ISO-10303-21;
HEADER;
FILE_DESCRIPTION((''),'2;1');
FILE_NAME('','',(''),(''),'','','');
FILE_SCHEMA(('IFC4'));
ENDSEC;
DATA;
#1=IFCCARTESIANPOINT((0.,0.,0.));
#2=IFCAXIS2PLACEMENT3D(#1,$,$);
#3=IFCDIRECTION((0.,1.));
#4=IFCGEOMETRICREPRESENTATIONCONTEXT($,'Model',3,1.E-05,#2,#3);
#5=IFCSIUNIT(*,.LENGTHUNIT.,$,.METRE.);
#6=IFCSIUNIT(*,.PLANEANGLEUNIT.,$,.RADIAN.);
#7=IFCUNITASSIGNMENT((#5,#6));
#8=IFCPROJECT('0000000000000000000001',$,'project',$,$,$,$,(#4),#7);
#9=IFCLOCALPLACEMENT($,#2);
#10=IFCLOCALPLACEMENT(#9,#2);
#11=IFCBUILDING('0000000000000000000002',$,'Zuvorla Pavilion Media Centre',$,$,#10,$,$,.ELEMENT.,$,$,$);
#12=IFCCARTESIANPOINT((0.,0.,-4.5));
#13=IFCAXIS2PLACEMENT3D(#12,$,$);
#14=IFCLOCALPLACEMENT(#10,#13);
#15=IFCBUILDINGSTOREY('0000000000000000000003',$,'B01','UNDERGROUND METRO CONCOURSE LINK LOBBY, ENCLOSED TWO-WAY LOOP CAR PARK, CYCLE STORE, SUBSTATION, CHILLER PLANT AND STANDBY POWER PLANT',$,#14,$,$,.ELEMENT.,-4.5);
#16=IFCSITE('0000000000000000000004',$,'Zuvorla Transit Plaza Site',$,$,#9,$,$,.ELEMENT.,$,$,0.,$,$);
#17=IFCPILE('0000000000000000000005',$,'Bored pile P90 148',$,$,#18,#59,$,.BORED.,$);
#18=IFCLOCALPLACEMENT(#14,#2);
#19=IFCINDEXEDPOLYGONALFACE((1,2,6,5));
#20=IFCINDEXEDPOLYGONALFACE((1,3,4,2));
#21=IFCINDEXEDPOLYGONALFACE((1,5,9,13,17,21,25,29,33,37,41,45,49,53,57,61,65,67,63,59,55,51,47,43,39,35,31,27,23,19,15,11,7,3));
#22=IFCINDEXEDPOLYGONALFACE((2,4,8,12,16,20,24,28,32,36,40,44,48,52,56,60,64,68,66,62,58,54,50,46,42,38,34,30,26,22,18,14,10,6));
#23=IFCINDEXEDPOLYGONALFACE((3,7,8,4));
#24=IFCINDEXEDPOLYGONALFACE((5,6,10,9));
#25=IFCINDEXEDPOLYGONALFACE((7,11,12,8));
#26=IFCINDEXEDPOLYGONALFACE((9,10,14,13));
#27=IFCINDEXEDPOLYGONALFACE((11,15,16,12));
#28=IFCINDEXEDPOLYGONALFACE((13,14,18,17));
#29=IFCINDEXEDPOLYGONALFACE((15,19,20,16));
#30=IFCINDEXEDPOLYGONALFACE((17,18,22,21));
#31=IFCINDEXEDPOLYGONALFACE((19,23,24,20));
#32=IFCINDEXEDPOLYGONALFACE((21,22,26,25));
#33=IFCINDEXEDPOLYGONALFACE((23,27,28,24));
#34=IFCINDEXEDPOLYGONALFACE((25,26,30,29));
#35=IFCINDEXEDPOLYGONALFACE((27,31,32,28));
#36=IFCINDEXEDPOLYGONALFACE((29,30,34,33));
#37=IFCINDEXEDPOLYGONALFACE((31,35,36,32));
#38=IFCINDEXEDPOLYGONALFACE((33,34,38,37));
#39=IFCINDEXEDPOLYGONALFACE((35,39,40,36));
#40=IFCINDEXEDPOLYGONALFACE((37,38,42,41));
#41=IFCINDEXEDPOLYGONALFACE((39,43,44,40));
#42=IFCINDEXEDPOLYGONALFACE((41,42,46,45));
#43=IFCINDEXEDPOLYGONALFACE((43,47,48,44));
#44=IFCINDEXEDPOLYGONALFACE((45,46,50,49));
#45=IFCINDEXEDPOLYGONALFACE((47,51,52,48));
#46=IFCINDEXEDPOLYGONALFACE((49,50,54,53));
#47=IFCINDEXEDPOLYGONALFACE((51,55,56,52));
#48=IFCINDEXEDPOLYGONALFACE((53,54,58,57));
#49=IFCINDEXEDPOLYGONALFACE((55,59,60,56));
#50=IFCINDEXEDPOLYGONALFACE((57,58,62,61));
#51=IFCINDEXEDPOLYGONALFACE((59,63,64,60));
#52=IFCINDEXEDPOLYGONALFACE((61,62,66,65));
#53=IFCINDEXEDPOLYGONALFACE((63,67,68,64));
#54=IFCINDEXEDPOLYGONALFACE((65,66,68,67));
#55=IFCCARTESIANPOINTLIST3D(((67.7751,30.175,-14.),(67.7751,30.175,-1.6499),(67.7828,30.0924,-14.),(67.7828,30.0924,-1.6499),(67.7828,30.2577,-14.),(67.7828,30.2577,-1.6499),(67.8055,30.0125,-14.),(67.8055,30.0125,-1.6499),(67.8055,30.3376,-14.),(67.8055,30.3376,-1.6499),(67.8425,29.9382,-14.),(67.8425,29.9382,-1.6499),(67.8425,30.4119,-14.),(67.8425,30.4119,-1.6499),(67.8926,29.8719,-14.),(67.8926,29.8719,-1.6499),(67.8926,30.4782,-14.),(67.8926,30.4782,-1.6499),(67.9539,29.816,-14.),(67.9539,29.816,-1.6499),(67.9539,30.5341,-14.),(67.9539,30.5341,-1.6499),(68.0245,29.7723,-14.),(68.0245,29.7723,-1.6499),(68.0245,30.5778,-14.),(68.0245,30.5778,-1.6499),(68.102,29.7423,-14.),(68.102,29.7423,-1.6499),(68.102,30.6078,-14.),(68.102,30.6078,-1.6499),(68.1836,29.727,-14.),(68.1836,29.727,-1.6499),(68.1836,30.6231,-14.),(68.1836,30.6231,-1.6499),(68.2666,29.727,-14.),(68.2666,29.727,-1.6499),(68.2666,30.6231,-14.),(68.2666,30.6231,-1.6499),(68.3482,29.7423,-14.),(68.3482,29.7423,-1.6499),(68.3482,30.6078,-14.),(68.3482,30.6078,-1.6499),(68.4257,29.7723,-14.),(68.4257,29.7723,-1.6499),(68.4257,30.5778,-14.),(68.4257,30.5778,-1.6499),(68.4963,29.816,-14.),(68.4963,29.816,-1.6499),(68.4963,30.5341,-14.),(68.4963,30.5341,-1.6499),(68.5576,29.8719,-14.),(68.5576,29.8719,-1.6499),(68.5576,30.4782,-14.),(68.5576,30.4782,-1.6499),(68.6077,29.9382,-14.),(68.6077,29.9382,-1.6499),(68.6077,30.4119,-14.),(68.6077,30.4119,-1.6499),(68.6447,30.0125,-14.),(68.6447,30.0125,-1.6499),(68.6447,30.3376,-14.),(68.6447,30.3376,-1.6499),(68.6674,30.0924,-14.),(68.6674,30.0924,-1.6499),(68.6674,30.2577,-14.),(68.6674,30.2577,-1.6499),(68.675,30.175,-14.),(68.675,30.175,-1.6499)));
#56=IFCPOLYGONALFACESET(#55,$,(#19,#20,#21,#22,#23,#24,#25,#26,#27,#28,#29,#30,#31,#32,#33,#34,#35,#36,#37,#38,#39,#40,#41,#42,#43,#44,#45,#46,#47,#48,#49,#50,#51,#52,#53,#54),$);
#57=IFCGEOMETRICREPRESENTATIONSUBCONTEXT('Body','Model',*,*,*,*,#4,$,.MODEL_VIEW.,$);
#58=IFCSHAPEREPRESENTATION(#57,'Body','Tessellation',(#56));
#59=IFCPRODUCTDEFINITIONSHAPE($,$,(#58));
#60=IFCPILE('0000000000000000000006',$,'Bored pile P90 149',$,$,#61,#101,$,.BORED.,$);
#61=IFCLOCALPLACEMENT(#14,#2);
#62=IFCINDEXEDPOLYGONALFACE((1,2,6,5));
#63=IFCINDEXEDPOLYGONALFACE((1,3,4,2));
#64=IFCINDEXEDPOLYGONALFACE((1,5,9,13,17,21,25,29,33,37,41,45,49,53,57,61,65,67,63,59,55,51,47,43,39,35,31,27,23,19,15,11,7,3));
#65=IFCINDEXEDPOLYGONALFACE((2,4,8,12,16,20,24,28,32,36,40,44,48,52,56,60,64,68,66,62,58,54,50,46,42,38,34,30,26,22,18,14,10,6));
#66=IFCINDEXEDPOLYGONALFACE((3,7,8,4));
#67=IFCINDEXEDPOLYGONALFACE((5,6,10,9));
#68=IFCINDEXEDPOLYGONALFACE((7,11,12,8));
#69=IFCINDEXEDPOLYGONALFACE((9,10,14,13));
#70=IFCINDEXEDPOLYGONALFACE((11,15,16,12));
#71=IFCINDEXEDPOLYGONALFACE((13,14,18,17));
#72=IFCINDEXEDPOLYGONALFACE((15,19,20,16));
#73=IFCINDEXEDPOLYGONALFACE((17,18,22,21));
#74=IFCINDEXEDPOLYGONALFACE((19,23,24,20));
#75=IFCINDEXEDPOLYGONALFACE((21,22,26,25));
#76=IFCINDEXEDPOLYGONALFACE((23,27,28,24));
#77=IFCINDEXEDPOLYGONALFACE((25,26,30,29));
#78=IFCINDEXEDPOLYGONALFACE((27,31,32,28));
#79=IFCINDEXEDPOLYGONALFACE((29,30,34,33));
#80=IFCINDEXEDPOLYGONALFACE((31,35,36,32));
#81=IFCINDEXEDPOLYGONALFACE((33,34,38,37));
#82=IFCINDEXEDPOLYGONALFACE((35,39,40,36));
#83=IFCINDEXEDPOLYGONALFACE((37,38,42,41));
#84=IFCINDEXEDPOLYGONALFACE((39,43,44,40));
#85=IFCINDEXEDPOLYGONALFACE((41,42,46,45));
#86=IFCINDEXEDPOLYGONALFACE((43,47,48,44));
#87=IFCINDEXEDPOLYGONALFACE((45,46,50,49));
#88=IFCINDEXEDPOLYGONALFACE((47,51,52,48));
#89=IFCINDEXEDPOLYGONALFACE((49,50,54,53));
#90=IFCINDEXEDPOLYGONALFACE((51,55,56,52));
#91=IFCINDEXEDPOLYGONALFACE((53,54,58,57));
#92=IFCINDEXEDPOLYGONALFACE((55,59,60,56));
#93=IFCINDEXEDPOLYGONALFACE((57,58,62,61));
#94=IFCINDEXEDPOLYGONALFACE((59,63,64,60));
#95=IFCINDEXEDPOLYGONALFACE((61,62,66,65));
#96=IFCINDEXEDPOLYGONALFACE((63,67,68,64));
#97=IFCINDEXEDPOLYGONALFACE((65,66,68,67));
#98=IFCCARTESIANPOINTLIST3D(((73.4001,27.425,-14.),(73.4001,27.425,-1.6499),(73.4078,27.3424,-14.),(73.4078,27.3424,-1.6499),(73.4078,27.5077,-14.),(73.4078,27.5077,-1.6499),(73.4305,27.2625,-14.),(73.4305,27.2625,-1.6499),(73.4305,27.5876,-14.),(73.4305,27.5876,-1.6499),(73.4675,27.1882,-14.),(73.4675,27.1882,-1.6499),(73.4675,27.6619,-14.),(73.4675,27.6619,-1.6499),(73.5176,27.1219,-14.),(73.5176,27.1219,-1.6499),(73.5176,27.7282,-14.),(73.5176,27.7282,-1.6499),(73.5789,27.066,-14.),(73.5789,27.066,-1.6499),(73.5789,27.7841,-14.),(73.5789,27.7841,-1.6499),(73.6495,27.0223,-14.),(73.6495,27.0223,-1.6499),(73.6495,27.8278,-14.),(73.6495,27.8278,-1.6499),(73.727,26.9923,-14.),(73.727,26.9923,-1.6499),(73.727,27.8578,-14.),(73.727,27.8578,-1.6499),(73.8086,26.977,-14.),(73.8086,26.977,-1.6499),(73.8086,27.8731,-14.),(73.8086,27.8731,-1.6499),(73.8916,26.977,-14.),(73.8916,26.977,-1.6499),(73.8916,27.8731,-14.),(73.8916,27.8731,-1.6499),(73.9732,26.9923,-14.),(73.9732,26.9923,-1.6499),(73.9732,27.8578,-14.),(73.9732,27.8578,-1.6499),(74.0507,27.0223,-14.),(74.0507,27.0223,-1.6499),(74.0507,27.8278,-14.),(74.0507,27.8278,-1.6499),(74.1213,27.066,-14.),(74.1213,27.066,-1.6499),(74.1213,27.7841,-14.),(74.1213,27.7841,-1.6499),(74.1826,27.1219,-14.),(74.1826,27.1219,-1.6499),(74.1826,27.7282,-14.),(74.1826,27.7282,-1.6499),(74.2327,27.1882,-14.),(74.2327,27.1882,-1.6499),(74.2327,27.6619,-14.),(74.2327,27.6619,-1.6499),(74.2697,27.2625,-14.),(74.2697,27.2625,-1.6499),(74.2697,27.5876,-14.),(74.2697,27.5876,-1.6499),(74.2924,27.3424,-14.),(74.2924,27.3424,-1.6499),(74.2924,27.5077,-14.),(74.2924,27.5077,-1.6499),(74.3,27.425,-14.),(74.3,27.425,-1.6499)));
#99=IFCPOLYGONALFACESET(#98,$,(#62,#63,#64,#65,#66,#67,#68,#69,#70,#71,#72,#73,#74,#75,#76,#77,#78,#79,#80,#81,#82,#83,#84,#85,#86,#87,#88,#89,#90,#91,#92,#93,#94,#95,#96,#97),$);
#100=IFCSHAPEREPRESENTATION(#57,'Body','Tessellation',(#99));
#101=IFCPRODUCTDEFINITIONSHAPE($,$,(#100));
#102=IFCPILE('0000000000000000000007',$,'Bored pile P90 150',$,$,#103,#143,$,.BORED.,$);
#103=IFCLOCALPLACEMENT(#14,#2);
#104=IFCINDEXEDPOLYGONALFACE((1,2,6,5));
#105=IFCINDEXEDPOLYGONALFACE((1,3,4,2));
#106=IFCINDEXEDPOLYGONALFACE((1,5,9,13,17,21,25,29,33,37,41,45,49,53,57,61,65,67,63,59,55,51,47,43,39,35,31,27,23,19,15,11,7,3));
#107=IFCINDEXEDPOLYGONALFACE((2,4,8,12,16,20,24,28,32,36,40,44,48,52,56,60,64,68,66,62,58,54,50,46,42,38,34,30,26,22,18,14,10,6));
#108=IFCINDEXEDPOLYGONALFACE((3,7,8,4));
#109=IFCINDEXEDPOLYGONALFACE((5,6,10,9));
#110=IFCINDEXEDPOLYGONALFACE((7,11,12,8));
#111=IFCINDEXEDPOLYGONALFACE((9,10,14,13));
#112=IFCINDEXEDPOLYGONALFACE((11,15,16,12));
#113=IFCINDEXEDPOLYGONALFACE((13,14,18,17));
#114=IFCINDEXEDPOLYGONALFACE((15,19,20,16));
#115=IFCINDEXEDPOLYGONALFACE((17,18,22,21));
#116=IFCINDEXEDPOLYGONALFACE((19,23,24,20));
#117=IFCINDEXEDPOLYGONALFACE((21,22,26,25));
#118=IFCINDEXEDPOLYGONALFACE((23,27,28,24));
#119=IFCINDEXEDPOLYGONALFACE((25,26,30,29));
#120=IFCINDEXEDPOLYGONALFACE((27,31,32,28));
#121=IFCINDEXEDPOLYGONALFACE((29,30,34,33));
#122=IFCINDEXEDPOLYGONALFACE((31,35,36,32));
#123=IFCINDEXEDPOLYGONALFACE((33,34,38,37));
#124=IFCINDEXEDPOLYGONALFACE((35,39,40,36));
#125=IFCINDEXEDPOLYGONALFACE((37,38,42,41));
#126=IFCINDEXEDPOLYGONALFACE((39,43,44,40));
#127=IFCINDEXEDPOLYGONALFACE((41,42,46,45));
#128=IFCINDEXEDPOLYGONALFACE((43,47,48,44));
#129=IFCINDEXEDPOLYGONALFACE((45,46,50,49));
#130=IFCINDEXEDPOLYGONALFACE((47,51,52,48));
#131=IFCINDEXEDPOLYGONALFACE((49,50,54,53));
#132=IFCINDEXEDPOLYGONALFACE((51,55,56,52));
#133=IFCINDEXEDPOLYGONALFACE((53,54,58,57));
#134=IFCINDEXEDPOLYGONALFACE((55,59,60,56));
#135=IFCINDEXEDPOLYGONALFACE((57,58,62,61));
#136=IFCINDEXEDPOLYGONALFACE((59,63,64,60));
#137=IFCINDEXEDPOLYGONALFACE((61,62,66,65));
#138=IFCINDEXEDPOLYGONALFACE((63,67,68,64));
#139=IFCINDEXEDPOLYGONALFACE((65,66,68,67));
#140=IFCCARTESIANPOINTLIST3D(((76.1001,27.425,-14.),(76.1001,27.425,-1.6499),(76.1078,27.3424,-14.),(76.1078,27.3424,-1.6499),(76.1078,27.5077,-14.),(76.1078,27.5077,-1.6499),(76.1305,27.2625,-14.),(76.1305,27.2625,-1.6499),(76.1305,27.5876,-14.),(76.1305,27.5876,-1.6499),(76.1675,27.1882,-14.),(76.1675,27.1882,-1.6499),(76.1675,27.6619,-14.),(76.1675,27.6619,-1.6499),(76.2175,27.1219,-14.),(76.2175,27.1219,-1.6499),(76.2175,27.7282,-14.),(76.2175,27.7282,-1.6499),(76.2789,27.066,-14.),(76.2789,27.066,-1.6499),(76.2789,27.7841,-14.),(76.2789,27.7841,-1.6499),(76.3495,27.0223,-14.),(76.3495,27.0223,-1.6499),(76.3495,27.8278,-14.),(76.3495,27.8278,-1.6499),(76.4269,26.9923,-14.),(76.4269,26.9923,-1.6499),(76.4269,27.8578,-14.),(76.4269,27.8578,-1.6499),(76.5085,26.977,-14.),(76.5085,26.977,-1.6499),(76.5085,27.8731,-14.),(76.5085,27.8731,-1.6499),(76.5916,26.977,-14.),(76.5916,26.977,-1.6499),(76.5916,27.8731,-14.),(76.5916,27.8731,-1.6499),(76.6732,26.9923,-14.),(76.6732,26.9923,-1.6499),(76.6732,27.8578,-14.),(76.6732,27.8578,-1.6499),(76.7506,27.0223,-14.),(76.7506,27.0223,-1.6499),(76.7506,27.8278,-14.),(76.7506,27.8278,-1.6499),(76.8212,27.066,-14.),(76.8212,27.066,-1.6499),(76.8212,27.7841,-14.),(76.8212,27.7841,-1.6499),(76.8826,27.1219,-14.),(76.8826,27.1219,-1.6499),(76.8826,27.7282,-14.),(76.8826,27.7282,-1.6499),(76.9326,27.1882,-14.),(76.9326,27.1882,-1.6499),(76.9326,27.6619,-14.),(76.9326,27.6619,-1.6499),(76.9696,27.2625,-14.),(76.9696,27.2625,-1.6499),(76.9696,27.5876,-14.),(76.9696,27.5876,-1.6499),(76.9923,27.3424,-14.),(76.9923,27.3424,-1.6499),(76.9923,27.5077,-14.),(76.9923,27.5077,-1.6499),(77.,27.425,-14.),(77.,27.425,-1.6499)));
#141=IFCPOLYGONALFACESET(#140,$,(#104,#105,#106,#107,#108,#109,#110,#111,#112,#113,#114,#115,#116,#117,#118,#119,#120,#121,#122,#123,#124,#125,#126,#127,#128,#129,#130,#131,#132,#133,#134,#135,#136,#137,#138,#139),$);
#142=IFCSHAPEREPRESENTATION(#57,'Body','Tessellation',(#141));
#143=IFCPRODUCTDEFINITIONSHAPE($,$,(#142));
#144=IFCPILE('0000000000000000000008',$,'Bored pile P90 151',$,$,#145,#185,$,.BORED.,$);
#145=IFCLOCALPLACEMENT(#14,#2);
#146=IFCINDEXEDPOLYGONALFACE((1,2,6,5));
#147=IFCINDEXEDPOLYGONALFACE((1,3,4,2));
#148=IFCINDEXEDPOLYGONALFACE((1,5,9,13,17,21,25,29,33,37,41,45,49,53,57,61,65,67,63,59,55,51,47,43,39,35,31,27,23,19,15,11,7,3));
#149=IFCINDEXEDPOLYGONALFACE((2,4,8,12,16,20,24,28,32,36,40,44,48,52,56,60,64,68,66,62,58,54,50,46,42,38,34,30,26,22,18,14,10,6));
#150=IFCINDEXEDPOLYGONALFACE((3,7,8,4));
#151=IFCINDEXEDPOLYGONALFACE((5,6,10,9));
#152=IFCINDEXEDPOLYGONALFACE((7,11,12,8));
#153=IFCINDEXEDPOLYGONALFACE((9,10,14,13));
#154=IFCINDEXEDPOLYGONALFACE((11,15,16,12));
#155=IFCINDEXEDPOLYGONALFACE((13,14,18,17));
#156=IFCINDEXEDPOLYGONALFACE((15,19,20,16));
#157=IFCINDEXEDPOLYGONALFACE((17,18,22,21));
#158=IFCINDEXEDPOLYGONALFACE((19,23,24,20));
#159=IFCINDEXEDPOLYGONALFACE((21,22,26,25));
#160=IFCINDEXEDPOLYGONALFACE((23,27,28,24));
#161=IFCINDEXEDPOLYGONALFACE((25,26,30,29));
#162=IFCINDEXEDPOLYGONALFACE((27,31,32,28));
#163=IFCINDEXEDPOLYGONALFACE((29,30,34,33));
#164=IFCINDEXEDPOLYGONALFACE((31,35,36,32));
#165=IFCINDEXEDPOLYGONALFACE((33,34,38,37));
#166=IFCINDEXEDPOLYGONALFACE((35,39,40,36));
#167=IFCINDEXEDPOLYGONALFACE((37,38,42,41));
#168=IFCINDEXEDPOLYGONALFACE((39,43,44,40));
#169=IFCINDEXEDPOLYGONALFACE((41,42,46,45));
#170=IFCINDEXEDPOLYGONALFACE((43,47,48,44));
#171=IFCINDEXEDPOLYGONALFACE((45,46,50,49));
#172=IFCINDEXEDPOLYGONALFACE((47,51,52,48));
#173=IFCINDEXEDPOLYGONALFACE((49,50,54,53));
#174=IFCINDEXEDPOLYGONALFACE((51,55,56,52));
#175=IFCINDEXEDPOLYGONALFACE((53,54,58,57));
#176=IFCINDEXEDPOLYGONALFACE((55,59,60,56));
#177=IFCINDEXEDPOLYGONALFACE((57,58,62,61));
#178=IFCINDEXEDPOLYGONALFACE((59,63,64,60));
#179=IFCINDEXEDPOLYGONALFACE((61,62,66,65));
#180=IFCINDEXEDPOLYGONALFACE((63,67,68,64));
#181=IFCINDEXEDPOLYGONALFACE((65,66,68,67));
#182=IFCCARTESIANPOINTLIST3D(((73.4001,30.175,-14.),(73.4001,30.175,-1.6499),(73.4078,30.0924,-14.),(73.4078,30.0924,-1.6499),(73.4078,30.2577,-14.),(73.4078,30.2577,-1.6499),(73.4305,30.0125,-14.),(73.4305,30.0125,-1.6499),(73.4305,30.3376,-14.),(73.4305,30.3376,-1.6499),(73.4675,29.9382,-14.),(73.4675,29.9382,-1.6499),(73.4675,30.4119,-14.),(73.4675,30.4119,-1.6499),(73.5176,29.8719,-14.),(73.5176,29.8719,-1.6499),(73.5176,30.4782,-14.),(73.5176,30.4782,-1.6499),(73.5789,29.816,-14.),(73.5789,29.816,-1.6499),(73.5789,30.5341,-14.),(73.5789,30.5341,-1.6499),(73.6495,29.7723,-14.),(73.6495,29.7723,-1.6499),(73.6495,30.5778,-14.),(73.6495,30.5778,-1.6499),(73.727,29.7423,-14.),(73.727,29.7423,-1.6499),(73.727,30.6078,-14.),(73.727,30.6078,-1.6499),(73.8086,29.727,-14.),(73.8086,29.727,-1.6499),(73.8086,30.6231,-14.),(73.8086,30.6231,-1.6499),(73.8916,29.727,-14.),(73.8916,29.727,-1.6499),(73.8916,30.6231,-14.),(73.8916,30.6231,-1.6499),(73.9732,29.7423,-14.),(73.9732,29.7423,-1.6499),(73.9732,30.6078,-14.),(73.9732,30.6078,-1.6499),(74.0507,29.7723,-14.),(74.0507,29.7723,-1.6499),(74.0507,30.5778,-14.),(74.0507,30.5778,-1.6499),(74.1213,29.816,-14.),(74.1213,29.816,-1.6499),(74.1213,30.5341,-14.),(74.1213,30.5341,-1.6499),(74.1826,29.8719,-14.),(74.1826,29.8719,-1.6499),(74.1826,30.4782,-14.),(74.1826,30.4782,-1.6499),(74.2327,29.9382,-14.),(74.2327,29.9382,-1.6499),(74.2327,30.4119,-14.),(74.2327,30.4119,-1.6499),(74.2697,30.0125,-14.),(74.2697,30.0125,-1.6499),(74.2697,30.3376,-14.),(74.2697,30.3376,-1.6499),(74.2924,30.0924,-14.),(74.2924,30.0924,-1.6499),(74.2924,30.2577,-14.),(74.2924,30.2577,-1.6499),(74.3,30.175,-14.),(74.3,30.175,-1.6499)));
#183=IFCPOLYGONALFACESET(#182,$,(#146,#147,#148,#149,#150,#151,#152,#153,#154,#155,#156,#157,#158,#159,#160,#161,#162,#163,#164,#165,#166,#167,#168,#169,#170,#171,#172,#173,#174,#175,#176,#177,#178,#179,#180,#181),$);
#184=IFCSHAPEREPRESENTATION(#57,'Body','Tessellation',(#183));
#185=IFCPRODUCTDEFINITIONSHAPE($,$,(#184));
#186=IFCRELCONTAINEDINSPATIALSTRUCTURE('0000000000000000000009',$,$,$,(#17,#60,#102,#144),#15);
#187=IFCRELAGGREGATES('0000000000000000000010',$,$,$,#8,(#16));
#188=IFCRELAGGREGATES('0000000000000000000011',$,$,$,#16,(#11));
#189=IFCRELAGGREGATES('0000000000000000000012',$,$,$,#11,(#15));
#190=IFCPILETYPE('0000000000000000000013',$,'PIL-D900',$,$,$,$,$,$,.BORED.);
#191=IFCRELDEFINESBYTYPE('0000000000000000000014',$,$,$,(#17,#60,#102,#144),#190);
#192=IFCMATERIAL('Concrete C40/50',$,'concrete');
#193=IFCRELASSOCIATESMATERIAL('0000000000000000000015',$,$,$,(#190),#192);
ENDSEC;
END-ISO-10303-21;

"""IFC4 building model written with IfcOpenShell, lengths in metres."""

from ifc_helpers import new_model, si_unit, direction, frame, origin, origin_2d, place, context, subcontext, project, spatial, circle, extrude, material, material_profile, profile_set, type_object, element, save


model = new_model("IFC4")

# Units and contexts
model_context = context("Model", 3, precision=1e-05, world=origin(), true_north=direction((0.0, 1.0)))
body_context = subcontext(model_context, "Body", "Model", "MODEL_VIEW")
ifc_project = project(units=[si_unit("LENGTHUNIT", "METRE"), si_unit("PLANEANGLEUNIT", "RADIAN")], contexts=[model_context])

# Site, building, storey
site_placement = place(None, origin())
site = spatial("IfcSite", under=ifc_project, at=site_placement, Name="Zuvorla Transit Plaza Site", CompositionType="ELEMENT", RefElevation=0.0)
building_placement = place(site_placement, origin())
building = spatial("IfcBuilding", under=site, at=building_placement, Name="Zuvorla Pavilion Media Centre", CompositionType="ELEMENT")
storey_placement = place(building_placement, frame((0.0, 0.0, -4.5)))
storey = spatial("IfcBuildingStorey", under=building, at=storey_placement, Name="B01", Description="UNDERGROUND METRO CONCOURSE LINK LOBBY, ENCLOSED TWO-WAY LOOP CAR PARK, CYCLE STORE, SUBSTATION, CHILLER PLANT AND STANDBY POWER PLANT", CompositionType="ELEMENT", Elevation=-4.5)

# Shared definitions
ifc_material_1 = material(Name="Concrete C40/50", Category="concrete")

# Piles
ifc_material_profile_1 = material_profile(ifc_material_1, circle(Radius=0.45, at=origin_2d()), Name="BORED PILE 900")
ifc_profile_set_1 = profile_set([ifc_material_profile_1], Name="Concrete C40/50")
pile_type = type_object("IfcPileType", Name="PIL-D900", PredefinedType="BORED", material=ifc_profile_set_1)
for number, where, z_axis, x_axis, name in (
    (1, (68.2251, 30.175, -1.6499), (0.0, 0.0, -1.0), (1.0, 0.0, 0.0), "Bored pile P90 148"),
    (2, (73.8501, 27.425, -1.6499), (0.0, 0.0, -1.0), (1.0, 0.0, 0.0), "Bored pile P90 149"),
    (3, (76.55, 27.425, -1.6499), (0.0, 0.0, -1.0), (1.0, 0.0, 0.0), "Bored pile P90 150"),
    (4, (73.8501, 30.175, -1.6499), (0.0, 0.0, -1.0), (1.0, 0.0, 0.0), "Bored pile P90 151"),
):
    element("IfcPile", number, at=place(storey_placement, frame(where, z_axis=z_axis, x_axis=x_axis)), inside=storey, type_object=pile_type, Name=name, PredefinedType="BORED", context=body_context, shape_type="SweptSolid", body=[
        extrude(circle(Radius=0.45, at=origin_2d()), origin(), (0.0, 0.0, 1.0), 12.3501),
    ])

save(model, "model.ifc")
